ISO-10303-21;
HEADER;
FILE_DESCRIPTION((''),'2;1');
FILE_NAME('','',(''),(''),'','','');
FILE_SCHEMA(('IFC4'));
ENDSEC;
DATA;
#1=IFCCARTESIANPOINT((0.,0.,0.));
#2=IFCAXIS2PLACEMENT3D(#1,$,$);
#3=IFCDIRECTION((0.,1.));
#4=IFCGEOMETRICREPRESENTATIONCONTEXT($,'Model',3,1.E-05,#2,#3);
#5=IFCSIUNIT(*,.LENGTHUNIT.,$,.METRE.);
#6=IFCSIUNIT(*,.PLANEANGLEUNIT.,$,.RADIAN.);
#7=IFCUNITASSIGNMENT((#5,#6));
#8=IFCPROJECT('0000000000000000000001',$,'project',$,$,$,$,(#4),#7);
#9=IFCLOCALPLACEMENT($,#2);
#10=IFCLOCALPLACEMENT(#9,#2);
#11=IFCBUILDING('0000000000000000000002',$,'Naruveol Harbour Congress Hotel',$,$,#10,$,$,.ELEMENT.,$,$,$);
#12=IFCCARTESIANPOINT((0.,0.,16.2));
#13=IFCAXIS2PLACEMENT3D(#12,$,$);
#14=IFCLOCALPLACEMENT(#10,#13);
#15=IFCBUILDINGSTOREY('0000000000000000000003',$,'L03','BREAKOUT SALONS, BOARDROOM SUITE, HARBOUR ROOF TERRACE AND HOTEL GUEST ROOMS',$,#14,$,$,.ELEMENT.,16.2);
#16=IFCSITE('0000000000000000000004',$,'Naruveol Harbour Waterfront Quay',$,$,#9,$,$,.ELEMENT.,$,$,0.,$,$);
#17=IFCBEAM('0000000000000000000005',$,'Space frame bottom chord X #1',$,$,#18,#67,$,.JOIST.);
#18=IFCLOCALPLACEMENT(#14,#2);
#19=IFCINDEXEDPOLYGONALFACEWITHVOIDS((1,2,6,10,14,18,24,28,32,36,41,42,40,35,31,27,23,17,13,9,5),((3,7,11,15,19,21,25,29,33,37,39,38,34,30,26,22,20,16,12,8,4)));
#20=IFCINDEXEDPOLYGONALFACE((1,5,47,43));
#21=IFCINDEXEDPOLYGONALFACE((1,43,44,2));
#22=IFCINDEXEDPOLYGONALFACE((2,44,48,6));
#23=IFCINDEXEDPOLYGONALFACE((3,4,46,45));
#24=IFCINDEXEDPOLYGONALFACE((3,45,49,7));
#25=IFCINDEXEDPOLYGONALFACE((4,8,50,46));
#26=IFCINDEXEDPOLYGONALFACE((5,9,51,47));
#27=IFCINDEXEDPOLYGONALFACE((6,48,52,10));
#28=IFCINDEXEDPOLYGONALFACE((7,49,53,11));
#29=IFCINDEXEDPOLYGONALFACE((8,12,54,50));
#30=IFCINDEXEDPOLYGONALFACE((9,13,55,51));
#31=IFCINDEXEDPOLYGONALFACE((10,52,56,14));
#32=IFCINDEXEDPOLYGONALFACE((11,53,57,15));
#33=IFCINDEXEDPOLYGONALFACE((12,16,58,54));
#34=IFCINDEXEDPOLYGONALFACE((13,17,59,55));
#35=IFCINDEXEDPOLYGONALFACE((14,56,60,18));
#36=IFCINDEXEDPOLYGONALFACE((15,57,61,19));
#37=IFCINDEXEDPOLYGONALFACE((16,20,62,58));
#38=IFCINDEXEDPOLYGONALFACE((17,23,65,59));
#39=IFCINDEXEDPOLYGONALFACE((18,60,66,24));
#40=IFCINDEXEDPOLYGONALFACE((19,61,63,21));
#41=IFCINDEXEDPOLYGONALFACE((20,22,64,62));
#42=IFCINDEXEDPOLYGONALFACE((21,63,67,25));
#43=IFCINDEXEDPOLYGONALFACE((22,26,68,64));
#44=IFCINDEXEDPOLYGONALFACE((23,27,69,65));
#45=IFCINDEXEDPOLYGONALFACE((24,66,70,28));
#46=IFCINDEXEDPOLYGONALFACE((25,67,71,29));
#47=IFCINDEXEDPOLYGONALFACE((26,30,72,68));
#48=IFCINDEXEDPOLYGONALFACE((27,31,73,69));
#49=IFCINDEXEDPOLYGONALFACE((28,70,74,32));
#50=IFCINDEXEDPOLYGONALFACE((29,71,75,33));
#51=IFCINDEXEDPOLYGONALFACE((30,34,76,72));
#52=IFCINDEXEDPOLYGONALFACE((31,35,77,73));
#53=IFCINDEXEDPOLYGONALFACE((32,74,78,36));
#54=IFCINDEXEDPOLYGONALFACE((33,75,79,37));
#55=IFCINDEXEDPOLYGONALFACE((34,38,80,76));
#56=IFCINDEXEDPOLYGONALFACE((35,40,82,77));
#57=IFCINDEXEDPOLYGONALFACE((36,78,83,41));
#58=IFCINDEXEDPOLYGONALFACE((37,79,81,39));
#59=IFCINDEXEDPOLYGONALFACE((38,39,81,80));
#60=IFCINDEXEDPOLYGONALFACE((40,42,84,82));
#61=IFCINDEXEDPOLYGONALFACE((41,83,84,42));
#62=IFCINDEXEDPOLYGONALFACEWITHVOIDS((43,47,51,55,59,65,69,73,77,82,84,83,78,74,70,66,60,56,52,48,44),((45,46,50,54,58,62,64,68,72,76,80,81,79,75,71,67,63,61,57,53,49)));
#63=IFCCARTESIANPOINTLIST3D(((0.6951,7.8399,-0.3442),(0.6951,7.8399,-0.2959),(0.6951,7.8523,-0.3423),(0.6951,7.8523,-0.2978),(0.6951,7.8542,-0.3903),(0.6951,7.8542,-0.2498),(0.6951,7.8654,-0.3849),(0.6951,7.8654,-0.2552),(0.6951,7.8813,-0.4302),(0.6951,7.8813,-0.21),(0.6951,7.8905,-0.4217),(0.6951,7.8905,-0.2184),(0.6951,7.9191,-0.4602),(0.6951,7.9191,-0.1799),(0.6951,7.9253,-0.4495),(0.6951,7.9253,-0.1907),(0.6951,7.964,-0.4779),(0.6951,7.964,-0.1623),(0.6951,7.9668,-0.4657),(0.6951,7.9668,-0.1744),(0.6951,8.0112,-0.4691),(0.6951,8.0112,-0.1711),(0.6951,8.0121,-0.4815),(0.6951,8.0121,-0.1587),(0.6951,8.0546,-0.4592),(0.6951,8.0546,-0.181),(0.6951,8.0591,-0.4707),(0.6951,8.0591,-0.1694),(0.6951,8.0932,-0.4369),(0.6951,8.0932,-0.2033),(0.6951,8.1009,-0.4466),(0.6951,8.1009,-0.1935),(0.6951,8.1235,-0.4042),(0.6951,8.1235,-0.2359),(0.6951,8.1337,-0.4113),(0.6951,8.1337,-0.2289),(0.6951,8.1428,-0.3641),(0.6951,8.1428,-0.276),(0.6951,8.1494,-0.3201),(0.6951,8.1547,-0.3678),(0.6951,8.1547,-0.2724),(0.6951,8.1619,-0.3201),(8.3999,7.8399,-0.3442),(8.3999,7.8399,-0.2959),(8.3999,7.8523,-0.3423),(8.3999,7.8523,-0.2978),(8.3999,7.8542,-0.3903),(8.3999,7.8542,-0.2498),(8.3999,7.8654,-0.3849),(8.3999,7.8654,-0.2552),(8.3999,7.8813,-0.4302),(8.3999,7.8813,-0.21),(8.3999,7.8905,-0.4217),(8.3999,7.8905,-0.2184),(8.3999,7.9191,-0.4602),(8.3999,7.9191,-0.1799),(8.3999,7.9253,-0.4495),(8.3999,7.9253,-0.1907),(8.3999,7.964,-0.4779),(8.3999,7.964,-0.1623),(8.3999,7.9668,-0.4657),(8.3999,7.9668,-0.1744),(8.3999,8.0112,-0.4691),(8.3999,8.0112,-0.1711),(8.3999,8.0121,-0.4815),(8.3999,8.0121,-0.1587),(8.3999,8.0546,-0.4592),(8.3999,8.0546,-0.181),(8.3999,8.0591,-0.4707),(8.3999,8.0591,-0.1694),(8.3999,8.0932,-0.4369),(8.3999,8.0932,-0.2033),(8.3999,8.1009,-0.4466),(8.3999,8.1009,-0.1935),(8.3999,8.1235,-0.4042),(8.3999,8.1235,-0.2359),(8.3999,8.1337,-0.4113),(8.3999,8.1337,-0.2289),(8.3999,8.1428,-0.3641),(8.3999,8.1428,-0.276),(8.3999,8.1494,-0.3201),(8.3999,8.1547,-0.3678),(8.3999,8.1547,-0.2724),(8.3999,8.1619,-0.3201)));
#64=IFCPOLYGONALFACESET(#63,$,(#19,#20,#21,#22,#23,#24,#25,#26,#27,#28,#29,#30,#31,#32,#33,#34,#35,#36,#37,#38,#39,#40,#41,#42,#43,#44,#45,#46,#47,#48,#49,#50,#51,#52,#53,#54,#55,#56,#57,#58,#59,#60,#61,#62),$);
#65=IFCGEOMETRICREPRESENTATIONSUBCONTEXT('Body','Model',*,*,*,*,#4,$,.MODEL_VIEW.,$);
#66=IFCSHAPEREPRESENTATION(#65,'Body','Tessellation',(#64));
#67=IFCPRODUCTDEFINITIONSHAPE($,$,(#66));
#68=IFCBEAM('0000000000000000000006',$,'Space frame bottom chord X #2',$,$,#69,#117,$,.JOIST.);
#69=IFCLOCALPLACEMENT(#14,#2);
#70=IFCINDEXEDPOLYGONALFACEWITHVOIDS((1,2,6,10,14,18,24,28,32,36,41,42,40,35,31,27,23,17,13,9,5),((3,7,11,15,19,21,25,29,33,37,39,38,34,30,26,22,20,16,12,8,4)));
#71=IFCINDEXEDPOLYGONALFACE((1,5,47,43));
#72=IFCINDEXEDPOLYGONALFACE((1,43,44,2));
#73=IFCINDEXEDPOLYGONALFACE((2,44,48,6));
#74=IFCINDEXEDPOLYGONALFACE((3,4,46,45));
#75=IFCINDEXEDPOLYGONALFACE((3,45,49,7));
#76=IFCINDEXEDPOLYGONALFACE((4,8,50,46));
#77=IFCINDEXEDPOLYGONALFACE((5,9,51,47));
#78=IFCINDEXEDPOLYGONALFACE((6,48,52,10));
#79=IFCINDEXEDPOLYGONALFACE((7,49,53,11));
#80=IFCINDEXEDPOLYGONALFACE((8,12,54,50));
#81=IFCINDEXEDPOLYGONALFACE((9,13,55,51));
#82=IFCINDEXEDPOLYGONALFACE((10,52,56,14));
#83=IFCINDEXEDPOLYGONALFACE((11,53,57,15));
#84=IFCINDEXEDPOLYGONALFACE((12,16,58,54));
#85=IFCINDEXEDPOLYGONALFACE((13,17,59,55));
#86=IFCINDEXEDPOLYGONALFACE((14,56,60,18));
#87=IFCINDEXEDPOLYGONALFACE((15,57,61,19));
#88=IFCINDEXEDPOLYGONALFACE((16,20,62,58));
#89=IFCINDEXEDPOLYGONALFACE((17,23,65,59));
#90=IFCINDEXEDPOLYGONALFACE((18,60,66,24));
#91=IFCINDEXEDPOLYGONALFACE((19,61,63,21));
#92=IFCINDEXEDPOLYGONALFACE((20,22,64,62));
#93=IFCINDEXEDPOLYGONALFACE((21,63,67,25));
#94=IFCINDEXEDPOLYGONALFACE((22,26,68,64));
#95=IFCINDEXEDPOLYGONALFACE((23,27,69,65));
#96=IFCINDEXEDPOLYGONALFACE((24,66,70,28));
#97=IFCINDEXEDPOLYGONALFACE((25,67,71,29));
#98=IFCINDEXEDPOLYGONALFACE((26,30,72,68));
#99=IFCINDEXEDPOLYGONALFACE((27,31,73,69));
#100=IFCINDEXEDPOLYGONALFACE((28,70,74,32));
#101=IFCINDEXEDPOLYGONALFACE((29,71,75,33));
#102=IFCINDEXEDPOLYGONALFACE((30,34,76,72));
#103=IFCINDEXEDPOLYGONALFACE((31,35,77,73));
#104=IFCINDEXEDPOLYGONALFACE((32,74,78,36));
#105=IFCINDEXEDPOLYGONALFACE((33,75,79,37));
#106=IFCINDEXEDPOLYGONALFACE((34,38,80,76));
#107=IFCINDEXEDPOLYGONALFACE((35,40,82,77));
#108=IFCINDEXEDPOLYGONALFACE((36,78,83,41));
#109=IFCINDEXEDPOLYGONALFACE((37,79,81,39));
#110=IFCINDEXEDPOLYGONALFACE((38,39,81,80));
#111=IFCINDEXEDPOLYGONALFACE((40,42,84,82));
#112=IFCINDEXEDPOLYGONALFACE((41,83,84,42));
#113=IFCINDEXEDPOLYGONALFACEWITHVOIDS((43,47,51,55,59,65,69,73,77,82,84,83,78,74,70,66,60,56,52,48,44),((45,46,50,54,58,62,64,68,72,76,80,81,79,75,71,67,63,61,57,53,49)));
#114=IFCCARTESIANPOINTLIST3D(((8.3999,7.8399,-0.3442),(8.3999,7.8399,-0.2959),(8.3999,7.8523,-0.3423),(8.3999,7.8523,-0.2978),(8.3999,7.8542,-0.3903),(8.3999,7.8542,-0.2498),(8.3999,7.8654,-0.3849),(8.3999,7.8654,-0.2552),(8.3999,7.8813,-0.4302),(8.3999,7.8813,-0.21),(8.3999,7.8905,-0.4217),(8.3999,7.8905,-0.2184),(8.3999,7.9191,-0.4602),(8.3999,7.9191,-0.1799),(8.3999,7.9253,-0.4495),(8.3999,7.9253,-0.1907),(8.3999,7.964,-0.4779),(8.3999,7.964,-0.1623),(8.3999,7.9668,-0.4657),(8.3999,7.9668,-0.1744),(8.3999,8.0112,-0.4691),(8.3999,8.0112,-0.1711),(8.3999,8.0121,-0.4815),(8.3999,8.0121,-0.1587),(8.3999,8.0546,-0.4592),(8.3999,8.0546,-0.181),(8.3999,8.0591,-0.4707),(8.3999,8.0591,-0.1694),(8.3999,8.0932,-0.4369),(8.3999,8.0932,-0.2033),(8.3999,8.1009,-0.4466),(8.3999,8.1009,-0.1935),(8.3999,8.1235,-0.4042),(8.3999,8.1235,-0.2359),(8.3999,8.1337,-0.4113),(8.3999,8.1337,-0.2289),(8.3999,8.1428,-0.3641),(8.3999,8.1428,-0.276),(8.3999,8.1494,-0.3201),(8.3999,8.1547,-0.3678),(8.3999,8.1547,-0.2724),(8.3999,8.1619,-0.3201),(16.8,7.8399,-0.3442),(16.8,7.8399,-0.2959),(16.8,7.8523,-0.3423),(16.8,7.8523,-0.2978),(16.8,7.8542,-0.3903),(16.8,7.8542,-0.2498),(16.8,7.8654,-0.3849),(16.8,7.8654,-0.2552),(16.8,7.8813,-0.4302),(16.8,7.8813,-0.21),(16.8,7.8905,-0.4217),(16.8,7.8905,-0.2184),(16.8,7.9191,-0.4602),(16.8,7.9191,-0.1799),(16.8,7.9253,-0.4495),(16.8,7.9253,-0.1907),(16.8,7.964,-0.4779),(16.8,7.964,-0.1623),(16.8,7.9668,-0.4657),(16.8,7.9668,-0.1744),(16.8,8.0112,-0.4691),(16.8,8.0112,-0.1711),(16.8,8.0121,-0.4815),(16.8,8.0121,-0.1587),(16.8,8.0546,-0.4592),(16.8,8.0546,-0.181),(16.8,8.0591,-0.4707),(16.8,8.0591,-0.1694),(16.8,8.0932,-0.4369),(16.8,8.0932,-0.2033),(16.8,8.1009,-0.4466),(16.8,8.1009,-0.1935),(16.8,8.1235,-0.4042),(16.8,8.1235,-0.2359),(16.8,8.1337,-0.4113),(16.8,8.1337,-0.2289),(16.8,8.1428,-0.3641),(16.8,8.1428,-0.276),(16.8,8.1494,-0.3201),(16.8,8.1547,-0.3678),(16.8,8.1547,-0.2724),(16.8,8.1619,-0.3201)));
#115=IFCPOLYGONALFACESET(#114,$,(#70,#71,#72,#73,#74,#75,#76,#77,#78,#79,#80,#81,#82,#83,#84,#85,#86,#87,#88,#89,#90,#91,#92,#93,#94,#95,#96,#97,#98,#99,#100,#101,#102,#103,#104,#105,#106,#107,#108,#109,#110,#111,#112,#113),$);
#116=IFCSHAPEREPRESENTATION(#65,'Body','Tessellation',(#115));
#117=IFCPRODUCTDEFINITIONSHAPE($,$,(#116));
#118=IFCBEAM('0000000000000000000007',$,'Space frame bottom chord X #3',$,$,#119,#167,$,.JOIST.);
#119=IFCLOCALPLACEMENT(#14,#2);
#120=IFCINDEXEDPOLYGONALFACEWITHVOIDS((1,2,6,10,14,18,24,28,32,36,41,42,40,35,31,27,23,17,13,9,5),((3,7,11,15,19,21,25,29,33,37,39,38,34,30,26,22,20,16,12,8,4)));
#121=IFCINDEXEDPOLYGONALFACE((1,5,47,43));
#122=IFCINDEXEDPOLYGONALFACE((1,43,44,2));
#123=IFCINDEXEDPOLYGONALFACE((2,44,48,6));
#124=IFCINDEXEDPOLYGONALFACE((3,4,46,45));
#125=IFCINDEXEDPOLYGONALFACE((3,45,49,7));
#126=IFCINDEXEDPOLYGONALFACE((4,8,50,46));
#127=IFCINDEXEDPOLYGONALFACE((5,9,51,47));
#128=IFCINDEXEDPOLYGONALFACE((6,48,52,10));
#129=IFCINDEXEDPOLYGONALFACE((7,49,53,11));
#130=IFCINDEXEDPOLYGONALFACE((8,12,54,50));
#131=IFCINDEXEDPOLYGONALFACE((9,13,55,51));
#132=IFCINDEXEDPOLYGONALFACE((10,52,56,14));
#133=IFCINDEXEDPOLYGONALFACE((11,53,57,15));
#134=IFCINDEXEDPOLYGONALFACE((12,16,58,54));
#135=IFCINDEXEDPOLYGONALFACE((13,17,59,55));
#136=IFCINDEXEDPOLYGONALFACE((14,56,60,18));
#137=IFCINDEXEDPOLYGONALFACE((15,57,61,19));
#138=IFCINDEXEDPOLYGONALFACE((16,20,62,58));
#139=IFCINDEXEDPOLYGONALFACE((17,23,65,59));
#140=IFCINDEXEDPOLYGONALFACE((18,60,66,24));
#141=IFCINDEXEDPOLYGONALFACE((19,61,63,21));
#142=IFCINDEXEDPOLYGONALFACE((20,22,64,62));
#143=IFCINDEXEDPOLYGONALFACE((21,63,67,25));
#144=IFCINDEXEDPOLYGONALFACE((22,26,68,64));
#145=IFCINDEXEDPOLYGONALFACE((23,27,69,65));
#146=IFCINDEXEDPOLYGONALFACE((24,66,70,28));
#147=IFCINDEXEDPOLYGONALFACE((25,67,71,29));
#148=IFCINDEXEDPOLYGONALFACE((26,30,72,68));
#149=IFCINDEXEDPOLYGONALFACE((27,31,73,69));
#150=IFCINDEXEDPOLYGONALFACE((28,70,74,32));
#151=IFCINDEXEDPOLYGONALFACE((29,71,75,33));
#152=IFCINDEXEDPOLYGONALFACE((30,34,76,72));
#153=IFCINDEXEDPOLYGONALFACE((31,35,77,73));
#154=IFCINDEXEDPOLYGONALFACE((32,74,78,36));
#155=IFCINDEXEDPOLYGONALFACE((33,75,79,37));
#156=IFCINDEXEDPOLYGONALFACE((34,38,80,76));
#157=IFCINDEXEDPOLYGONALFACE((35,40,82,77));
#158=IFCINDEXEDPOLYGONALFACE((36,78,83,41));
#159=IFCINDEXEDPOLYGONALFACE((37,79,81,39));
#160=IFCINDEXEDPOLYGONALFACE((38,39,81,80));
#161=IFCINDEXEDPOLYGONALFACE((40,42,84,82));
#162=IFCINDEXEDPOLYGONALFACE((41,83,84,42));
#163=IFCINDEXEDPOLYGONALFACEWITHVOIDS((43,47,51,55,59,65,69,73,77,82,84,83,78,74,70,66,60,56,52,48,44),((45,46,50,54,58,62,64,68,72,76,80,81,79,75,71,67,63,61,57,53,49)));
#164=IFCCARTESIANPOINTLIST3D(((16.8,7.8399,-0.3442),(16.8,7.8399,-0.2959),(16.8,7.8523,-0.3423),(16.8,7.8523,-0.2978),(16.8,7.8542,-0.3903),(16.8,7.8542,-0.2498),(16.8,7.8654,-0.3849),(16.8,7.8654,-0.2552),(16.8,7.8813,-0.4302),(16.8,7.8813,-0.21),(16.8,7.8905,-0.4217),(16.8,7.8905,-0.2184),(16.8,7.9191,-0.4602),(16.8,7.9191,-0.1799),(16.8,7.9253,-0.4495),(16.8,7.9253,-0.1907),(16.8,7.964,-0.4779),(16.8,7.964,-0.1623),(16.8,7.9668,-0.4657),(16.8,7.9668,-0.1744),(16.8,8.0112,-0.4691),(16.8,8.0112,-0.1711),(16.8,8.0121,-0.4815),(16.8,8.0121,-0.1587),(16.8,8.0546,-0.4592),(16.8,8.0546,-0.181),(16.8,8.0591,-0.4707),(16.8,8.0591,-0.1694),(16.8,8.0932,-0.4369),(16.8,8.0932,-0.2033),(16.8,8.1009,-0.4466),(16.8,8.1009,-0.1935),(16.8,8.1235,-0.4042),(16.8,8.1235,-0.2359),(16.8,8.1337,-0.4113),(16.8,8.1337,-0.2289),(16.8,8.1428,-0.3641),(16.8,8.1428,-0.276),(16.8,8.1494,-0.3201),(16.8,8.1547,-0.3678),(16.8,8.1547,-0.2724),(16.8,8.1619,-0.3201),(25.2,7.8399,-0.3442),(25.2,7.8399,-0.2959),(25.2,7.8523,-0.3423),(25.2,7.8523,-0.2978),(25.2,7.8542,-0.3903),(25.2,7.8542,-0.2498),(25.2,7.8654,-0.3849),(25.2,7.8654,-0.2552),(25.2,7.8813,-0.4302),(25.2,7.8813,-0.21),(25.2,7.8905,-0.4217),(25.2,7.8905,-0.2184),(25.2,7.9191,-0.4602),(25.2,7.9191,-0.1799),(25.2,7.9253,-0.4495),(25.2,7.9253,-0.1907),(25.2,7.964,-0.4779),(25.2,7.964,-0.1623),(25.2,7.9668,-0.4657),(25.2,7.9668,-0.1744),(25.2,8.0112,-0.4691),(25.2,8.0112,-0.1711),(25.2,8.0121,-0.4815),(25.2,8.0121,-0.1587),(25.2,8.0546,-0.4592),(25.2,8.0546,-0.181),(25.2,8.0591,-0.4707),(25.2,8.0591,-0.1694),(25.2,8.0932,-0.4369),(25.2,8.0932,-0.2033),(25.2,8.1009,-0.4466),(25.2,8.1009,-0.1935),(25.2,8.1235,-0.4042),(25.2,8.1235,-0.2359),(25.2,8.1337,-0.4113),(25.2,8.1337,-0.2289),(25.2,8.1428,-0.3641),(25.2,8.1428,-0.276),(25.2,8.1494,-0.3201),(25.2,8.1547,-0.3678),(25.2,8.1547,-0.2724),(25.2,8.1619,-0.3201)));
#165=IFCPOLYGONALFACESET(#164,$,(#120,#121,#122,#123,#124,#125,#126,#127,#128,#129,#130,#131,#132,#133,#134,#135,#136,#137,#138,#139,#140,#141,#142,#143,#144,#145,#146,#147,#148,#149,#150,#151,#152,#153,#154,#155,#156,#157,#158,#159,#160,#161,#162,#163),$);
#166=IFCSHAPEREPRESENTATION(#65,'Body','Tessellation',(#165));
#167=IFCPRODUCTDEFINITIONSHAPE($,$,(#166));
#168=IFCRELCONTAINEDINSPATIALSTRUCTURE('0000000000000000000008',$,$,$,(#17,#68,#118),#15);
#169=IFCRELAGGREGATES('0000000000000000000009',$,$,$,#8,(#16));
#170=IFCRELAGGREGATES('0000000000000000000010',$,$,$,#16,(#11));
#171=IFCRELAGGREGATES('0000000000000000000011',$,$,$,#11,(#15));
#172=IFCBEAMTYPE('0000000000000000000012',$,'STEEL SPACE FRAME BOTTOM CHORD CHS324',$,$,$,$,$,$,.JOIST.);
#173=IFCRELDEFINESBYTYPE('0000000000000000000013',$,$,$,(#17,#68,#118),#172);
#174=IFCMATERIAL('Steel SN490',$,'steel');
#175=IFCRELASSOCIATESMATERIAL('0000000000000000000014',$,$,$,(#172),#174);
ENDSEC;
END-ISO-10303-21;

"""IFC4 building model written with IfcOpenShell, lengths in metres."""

from ifc_helpers import new_model, si_unit, direction, frame, origin, origin_2d, place, context, subcontext, project, spatial, hollow_circle, extrude, material, material_profile, profile_set, type_object, element, save


model = new_model("IFC4")

# Units and contexts
model_context = context("Model", 3, precision=1e-05, world=origin(), true_north=direction((0.0, 1.0)))
body_context = subcontext(model_context, "Body", "Model", "MODEL_VIEW")
ifc_project = project(units=[si_unit("LENGTHUNIT", "METRE"), si_unit("PLANEANGLEUNIT", "RADIAN")], contexts=[model_context])

# Site, building, storey
site_placement = place(None, origin())
site = spatial("IfcSite", under=ifc_project, at=site_placement, Name="Naruveol Harbour Waterfront Quay", CompositionType="ELEMENT", RefElevation=0.0)
building_placement = place(site_placement, origin())
building = spatial("IfcBuilding", under=site, at=building_placement, Name="Naruveol Harbour Congress Hotel", CompositionType="ELEMENT")
storey_placement = place(building_placement, frame((0.0, 0.0, 16.2)))
storey = spatial("IfcBuildingStorey", under=building, at=storey_placement, Name="L03", Description="BREAKOUT SALONS, BOARDROOM SUITE, HARBOUR ROOF TERRACE AND HOTEL GUEST ROOMS", CompositionType="ELEMENT", Elevation=16.2)

# Beams
ifc_material_1 = material(Name="Steel SN490", Category="steel")
ifc_material_profile_1 = material_profile(ifc_material_1, hollow_circle(Radius=0.1619, WallThickness=0.0125, at=origin_2d()), Name="CHS-323.9x12.5")
ifc_profile_set_1 = profile_set([ifc_material_profile_1], Name="Steel SN490")
beam_type_1 = type_object("IfcBeamType", Name="STEEL SPACE FRAME BOTTOM CHORD CHS324", PredefinedType="JOIST", material=ifc_profile_set_1)
beam_1_placement = place(storey_placement, frame((0.6951, 8.0, -0.3201), z_axis=(1.0, 0.0, 0.0), x_axis=(0.0, 1.0, 0.0)))
element("IfcBeam", 1, at=beam_1_placement, inside=storey, type_object=beam_type_1, Name="Space frame bottom chord X #1", PredefinedType="JOIST", context=body_context, shape_type="SweptSolid", body=[
    extrude(hollow_circle(Radius=0.1619, WallThickness=0.0125, at=origin_2d()), origin(), (0.0, 0.0, 1.0), 7.7048),
])
beam_2_placement = place(storey_placement, frame((8.3999, 8.0, -0.3201), z_axis=(1.0, 0.0, 0.0), x_axis=(0.0, 1.0, 0.0)))
element("IfcBeam", 2, at=beam_2_placement, inside=storey, type_object=beam_type_1, Name="Space frame bottom chord X #2", PredefinedType="JOIST", context=body_context, shape_type="SweptSolid", body=[
    extrude(hollow_circle(Radius=0.1619, WallThickness=0.0125, at=origin_2d()), origin(), (0.0, 0.0, 1.0), 8.4001),
])
beam_3_placement = place(storey_placement, frame((16.8, 8.0, -0.3201), z_axis=(1.0, 0.0, 0.0), x_axis=(0.0, 1.0, 0.0)))
element("IfcBeam", 3, at=beam_3_placement, inside=storey, type_object=beam_type_1, Name="Space frame bottom chord X #3", PredefinedType="JOIST", context=body_context, shape_type="SweptSolid", body=[
    extrude(hollow_circle(Radius=0.1619, WallThickness=0.0125, at=origin_2d()), origin(), (0.0, 0.0, 1.0), 8.3999),
])

save(model, "model.ifc")
